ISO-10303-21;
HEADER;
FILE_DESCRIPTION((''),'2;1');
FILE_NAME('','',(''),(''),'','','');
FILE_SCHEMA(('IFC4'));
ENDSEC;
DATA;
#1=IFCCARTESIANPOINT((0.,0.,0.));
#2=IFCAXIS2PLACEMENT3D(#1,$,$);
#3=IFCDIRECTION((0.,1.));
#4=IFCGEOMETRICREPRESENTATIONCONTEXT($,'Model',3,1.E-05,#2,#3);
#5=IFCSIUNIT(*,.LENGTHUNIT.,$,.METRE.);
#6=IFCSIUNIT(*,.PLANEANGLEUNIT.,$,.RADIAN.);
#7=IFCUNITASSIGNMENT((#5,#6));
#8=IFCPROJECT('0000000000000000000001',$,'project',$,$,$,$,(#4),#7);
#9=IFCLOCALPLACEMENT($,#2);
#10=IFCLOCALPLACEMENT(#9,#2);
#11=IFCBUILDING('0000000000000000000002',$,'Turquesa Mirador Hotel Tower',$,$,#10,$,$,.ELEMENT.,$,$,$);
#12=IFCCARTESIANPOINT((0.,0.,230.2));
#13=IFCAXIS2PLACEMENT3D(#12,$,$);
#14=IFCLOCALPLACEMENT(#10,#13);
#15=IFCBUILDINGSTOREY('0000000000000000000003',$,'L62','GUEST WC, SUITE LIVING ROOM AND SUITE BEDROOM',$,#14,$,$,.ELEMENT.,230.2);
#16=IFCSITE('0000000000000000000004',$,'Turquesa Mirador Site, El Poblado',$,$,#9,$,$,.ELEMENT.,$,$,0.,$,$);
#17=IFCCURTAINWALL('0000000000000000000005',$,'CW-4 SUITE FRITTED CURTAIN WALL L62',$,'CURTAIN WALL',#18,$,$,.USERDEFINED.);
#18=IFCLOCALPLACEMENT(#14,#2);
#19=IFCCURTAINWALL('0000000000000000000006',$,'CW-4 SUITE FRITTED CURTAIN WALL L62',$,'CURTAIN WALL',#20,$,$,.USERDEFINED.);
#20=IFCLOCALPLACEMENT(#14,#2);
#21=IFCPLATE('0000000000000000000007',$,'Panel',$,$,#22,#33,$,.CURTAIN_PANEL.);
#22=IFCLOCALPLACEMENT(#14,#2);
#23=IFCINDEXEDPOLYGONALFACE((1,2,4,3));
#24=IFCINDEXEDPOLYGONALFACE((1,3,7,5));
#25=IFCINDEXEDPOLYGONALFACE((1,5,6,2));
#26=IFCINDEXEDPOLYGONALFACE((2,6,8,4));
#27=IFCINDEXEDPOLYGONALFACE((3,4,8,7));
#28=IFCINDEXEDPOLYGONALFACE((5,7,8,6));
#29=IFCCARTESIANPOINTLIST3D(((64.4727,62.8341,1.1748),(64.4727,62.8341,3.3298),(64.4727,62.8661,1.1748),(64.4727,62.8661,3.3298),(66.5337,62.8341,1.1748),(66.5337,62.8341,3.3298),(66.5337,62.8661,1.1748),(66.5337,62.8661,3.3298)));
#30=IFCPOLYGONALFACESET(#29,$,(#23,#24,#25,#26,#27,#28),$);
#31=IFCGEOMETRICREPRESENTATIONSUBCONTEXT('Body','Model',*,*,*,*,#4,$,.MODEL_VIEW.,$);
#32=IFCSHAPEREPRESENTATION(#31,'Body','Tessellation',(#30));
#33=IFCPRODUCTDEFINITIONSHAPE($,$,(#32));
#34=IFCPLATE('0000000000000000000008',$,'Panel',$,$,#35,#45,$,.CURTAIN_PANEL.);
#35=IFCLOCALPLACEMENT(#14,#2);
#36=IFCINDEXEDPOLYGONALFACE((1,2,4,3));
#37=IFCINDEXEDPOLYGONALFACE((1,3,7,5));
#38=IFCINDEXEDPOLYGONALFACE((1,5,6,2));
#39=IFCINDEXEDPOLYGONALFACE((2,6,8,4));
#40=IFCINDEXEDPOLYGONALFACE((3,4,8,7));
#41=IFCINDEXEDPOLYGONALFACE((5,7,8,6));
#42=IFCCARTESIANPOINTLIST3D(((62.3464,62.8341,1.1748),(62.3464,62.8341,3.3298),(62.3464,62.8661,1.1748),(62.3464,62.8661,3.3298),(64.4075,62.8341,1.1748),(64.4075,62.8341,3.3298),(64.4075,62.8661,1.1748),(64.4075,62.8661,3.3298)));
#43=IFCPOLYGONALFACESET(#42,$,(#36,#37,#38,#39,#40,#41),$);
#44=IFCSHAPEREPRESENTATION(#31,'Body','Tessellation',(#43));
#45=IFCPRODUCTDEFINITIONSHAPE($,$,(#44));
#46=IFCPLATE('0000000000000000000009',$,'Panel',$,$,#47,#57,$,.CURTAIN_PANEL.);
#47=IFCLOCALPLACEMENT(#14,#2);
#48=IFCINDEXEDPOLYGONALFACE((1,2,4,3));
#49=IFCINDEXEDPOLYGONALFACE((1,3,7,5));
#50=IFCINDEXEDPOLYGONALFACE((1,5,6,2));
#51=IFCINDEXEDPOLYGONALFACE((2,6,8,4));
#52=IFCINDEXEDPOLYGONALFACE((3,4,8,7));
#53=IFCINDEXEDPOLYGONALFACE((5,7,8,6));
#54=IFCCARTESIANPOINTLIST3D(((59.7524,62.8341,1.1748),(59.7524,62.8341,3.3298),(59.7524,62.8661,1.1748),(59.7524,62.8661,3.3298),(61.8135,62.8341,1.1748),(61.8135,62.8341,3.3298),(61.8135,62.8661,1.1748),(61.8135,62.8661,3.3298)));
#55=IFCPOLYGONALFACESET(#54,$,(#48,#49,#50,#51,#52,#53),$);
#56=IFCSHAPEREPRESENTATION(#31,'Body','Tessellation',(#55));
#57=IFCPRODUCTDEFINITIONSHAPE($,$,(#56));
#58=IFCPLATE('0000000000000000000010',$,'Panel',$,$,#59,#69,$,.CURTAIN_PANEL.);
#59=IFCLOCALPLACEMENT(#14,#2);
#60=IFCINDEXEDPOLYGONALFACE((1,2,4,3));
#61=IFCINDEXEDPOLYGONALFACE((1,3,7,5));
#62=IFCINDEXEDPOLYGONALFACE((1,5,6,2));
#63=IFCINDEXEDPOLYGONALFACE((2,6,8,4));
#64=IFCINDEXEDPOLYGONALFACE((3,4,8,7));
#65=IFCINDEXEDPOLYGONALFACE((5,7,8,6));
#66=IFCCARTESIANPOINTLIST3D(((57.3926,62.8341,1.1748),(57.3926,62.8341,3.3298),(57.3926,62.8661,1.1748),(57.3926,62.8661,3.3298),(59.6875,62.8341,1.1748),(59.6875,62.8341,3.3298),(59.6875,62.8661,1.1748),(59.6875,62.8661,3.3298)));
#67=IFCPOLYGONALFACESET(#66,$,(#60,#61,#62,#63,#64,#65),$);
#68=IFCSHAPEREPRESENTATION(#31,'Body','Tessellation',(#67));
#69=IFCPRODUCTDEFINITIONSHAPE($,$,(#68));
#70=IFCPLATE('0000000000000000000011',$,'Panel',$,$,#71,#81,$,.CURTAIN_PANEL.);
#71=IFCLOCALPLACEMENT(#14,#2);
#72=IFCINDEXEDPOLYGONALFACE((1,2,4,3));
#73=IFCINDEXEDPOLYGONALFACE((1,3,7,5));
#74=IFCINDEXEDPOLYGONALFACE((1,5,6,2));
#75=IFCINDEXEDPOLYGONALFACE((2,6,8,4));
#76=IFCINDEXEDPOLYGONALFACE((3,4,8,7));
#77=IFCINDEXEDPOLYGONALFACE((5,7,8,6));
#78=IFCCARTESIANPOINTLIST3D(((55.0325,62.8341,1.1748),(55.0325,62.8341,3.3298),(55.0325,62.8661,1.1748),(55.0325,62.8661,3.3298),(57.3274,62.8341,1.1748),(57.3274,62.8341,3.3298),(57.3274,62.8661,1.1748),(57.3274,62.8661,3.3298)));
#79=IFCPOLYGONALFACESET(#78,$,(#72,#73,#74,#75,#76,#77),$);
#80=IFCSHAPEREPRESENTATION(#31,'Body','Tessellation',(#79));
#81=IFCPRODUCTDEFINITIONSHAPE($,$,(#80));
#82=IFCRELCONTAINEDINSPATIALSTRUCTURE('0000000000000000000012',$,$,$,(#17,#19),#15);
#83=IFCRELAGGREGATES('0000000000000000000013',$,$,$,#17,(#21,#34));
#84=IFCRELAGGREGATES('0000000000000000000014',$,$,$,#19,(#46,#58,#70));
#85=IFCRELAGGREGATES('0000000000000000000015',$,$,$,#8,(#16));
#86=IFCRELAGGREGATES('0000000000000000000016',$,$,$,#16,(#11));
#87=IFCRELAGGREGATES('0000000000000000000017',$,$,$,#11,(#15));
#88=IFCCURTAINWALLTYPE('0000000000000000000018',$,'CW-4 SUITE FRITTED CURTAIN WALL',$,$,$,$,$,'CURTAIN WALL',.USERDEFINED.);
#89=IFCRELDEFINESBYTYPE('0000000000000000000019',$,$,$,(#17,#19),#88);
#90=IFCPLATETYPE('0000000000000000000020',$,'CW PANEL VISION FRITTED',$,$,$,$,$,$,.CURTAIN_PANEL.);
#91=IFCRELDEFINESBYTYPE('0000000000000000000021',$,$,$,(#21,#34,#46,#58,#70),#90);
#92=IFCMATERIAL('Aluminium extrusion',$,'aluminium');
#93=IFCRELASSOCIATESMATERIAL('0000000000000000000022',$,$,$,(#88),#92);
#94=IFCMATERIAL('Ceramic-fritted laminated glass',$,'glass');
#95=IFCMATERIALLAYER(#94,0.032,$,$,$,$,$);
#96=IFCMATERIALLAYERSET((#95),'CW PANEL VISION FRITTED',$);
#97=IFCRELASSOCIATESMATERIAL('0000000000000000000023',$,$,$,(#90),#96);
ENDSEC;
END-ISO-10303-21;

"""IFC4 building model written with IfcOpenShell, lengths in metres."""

from ifc_helpers import new_model, si_unit, direction, frame, origin, origin_2d, place, context, subcontext, project, spatial, rectangle, extrude, material, layer, layer_set, type_object, element, aggregate, save


model = new_model("IFC4")

# Units and contexts
model_context = context("Model", 3, precision=1e-05, world=origin(), true_north=direction((0.0, 1.0)))
body_context = subcontext(model_context, "Body", "Model", "MODEL_VIEW")
ifc_project = project(units=[si_unit("LENGTHUNIT", "METRE"), si_unit("PLANEANGLEUNIT", "RADIAN")], contexts=[model_context])

# Site, building, storey
site_placement = place(None, origin())
site = spatial("IfcSite", under=ifc_project, at=site_placement, Name="Turquesa Mirador Site, El Poblado", CompositionType="ELEMENT", RefElevation=0.0)
building_placement = place(site_placement, origin())
building = spatial("IfcBuilding", under=site, at=building_placement, Name="Turquesa Mirador Hotel Tower", CompositionType="ELEMENT")
storey_placement = place(building_placement, frame((0.0, 0.0, 230.2)))
storey = spatial("IfcBuildingStorey", under=building, at=storey_placement, Name="L62", Description="GUEST WC, SUITE LIVING ROOM AND SUITE BEDROOM", CompositionType="ELEMENT", Elevation=230.2)

# Curtain walls
ifc_material_1 = material(Name="Aluminium extrusion", Category="aluminium")
curtain_wall_type = type_object("IfcCurtainWallType", Name="CW-4 SUITE FRITTED CURTAIN WALL", ElementType="CURTAIN WALL", PredefinedType="USERDEFINED", material=ifc_material_1)
curtain_wall_1_placement = place(storey_placement, origin())
curtain_wall_1 = element("IfcCurtainWall", 1, at=curtain_wall_1_placement, inside=storey, type_object=curtain_wall_type, Name="CW-4 SUITE FRITTED CURTAIN WALL L62", ObjectType="CURTAIN WALL", PredefinedType="USERDEFINED")
curtain_wall_2_placement = place(storey_placement, origin())
curtain_wall_2 = element("IfcCurtainWall", 2, at=curtain_wall_2_placement, inside=storey, type_object=curtain_wall_type, Name="CW-4 SUITE FRITTED CURTAIN WALL L62", ObjectType="CURTAIN WALL", PredefinedType="USERDEFINED")

# Plates
ifc_material_2 = material(Name="Ceramic-fritted laminated glass", Category="glass")
ifc_layer_1 = layer(ifc_material_2, 0.032)
ifc_layer_set_1 = layer_set([ifc_layer_1], Name="CW PANEL VISION FRITTED")
plate_type_1 = type_object("IfcPlateType", Name="CW PANEL VISION FRITTED", PredefinedType="CURTAIN_PANEL", material=ifc_layer_set_1)
plate_1_placement = place(storey_placement, frame((65.5032, 62.8501, 1.1748), z_axis=(0.0, 0.0, 1.0), x_axis=(-1.0, 0.0, 0.0)))
plate_1 = element("IfcPlate", 3, at=plate_1_placement, type_object=plate_type_1, Name="Panel", PredefinedType="CURTAIN_PANEL", context=body_context, shape_type="SweptSolid", body=[
    extrude(rectangle(XDim=2.061, YDim=0.032, at=origin_2d()), origin(), (0.0, 0.0, 1.0), 2.155),
])
plate_2_placement = place(storey_placement, frame((63.377, 62.8501, 1.1748), z_axis=(0.0, 0.0, 1.0), x_axis=(-1.0, 0.0, 0.0)))
plate_2 = element("IfcPlate", 4, at=plate_2_placement, type_object=plate_type_1, Name="Panel", PredefinedType="CURTAIN_PANEL", context=body_context, shape_type="SweptSolid", body=[
    extrude(rectangle(XDim=2.061, YDim=0.032, at=origin_2d()), origin(), (0.0, 0.0, 1.0), 2.155),
])
aggregate(curtain_wall_1, [plate_1, plate_2])
plate_3_placement = place(storey_placement, frame((60.783, 62.8501, 1.1748), z_axis=(0.0, 0.0, 1.0), x_axis=(-1.0, 0.0, 0.0)))
plate_3 = element("IfcPlate", 5, at=plate_3_placement, type_object=plate_type_1, Name="Panel", PredefinedType="CURTAIN_PANEL", context=body_context, shape_type="SweptSolid", body=[
    extrude(rectangle(XDim=2.061, YDim=0.032, at=origin_2d()), origin(), (0.0, 0.0, 1.0), 2.155),
])
plate_4_placement = place(storey_placement, frame((58.54, 62.8501, 1.1748), z_axis=(0.0, 0.0, 1.0), x_axis=(-1.0, 0.0, 0.0)))
plate_4 = element("IfcPlate", 6, at=plate_4_placement, type_object=plate_type_1, Name="Panel", PredefinedType="CURTAIN_PANEL", context=body_context, shape_type="SweptSolid", body=[
    extrude(rectangle(XDim=2.2949, YDim=0.032, at=origin_2d()), origin(), (0.0, 0.0, 1.0), 2.155),
])
plate_5_placement = place(storey_placement, frame((56.1799, 62.8501, 1.1748), z_axis=(0.0, 0.0, 1.0), x_axis=(-1.0, 0.0, 0.0)))
plate_5 = element("IfcPlate", 7, at=plate_5_placement, type_object=plate_type_1, Name="Panel", PredefinedType="CURTAIN_PANEL", context=body_context, shape_type="SweptSolid", body=[
    extrude(rectangle(XDim=2.2949, YDim=0.032, at=origin_2d()), origin(), (0.0, 0.0, 1.0), 2.155),
])
aggregate(curtain_wall_2, [plate_3, plate_4, plate_5])

save(model, "model.ifc")
